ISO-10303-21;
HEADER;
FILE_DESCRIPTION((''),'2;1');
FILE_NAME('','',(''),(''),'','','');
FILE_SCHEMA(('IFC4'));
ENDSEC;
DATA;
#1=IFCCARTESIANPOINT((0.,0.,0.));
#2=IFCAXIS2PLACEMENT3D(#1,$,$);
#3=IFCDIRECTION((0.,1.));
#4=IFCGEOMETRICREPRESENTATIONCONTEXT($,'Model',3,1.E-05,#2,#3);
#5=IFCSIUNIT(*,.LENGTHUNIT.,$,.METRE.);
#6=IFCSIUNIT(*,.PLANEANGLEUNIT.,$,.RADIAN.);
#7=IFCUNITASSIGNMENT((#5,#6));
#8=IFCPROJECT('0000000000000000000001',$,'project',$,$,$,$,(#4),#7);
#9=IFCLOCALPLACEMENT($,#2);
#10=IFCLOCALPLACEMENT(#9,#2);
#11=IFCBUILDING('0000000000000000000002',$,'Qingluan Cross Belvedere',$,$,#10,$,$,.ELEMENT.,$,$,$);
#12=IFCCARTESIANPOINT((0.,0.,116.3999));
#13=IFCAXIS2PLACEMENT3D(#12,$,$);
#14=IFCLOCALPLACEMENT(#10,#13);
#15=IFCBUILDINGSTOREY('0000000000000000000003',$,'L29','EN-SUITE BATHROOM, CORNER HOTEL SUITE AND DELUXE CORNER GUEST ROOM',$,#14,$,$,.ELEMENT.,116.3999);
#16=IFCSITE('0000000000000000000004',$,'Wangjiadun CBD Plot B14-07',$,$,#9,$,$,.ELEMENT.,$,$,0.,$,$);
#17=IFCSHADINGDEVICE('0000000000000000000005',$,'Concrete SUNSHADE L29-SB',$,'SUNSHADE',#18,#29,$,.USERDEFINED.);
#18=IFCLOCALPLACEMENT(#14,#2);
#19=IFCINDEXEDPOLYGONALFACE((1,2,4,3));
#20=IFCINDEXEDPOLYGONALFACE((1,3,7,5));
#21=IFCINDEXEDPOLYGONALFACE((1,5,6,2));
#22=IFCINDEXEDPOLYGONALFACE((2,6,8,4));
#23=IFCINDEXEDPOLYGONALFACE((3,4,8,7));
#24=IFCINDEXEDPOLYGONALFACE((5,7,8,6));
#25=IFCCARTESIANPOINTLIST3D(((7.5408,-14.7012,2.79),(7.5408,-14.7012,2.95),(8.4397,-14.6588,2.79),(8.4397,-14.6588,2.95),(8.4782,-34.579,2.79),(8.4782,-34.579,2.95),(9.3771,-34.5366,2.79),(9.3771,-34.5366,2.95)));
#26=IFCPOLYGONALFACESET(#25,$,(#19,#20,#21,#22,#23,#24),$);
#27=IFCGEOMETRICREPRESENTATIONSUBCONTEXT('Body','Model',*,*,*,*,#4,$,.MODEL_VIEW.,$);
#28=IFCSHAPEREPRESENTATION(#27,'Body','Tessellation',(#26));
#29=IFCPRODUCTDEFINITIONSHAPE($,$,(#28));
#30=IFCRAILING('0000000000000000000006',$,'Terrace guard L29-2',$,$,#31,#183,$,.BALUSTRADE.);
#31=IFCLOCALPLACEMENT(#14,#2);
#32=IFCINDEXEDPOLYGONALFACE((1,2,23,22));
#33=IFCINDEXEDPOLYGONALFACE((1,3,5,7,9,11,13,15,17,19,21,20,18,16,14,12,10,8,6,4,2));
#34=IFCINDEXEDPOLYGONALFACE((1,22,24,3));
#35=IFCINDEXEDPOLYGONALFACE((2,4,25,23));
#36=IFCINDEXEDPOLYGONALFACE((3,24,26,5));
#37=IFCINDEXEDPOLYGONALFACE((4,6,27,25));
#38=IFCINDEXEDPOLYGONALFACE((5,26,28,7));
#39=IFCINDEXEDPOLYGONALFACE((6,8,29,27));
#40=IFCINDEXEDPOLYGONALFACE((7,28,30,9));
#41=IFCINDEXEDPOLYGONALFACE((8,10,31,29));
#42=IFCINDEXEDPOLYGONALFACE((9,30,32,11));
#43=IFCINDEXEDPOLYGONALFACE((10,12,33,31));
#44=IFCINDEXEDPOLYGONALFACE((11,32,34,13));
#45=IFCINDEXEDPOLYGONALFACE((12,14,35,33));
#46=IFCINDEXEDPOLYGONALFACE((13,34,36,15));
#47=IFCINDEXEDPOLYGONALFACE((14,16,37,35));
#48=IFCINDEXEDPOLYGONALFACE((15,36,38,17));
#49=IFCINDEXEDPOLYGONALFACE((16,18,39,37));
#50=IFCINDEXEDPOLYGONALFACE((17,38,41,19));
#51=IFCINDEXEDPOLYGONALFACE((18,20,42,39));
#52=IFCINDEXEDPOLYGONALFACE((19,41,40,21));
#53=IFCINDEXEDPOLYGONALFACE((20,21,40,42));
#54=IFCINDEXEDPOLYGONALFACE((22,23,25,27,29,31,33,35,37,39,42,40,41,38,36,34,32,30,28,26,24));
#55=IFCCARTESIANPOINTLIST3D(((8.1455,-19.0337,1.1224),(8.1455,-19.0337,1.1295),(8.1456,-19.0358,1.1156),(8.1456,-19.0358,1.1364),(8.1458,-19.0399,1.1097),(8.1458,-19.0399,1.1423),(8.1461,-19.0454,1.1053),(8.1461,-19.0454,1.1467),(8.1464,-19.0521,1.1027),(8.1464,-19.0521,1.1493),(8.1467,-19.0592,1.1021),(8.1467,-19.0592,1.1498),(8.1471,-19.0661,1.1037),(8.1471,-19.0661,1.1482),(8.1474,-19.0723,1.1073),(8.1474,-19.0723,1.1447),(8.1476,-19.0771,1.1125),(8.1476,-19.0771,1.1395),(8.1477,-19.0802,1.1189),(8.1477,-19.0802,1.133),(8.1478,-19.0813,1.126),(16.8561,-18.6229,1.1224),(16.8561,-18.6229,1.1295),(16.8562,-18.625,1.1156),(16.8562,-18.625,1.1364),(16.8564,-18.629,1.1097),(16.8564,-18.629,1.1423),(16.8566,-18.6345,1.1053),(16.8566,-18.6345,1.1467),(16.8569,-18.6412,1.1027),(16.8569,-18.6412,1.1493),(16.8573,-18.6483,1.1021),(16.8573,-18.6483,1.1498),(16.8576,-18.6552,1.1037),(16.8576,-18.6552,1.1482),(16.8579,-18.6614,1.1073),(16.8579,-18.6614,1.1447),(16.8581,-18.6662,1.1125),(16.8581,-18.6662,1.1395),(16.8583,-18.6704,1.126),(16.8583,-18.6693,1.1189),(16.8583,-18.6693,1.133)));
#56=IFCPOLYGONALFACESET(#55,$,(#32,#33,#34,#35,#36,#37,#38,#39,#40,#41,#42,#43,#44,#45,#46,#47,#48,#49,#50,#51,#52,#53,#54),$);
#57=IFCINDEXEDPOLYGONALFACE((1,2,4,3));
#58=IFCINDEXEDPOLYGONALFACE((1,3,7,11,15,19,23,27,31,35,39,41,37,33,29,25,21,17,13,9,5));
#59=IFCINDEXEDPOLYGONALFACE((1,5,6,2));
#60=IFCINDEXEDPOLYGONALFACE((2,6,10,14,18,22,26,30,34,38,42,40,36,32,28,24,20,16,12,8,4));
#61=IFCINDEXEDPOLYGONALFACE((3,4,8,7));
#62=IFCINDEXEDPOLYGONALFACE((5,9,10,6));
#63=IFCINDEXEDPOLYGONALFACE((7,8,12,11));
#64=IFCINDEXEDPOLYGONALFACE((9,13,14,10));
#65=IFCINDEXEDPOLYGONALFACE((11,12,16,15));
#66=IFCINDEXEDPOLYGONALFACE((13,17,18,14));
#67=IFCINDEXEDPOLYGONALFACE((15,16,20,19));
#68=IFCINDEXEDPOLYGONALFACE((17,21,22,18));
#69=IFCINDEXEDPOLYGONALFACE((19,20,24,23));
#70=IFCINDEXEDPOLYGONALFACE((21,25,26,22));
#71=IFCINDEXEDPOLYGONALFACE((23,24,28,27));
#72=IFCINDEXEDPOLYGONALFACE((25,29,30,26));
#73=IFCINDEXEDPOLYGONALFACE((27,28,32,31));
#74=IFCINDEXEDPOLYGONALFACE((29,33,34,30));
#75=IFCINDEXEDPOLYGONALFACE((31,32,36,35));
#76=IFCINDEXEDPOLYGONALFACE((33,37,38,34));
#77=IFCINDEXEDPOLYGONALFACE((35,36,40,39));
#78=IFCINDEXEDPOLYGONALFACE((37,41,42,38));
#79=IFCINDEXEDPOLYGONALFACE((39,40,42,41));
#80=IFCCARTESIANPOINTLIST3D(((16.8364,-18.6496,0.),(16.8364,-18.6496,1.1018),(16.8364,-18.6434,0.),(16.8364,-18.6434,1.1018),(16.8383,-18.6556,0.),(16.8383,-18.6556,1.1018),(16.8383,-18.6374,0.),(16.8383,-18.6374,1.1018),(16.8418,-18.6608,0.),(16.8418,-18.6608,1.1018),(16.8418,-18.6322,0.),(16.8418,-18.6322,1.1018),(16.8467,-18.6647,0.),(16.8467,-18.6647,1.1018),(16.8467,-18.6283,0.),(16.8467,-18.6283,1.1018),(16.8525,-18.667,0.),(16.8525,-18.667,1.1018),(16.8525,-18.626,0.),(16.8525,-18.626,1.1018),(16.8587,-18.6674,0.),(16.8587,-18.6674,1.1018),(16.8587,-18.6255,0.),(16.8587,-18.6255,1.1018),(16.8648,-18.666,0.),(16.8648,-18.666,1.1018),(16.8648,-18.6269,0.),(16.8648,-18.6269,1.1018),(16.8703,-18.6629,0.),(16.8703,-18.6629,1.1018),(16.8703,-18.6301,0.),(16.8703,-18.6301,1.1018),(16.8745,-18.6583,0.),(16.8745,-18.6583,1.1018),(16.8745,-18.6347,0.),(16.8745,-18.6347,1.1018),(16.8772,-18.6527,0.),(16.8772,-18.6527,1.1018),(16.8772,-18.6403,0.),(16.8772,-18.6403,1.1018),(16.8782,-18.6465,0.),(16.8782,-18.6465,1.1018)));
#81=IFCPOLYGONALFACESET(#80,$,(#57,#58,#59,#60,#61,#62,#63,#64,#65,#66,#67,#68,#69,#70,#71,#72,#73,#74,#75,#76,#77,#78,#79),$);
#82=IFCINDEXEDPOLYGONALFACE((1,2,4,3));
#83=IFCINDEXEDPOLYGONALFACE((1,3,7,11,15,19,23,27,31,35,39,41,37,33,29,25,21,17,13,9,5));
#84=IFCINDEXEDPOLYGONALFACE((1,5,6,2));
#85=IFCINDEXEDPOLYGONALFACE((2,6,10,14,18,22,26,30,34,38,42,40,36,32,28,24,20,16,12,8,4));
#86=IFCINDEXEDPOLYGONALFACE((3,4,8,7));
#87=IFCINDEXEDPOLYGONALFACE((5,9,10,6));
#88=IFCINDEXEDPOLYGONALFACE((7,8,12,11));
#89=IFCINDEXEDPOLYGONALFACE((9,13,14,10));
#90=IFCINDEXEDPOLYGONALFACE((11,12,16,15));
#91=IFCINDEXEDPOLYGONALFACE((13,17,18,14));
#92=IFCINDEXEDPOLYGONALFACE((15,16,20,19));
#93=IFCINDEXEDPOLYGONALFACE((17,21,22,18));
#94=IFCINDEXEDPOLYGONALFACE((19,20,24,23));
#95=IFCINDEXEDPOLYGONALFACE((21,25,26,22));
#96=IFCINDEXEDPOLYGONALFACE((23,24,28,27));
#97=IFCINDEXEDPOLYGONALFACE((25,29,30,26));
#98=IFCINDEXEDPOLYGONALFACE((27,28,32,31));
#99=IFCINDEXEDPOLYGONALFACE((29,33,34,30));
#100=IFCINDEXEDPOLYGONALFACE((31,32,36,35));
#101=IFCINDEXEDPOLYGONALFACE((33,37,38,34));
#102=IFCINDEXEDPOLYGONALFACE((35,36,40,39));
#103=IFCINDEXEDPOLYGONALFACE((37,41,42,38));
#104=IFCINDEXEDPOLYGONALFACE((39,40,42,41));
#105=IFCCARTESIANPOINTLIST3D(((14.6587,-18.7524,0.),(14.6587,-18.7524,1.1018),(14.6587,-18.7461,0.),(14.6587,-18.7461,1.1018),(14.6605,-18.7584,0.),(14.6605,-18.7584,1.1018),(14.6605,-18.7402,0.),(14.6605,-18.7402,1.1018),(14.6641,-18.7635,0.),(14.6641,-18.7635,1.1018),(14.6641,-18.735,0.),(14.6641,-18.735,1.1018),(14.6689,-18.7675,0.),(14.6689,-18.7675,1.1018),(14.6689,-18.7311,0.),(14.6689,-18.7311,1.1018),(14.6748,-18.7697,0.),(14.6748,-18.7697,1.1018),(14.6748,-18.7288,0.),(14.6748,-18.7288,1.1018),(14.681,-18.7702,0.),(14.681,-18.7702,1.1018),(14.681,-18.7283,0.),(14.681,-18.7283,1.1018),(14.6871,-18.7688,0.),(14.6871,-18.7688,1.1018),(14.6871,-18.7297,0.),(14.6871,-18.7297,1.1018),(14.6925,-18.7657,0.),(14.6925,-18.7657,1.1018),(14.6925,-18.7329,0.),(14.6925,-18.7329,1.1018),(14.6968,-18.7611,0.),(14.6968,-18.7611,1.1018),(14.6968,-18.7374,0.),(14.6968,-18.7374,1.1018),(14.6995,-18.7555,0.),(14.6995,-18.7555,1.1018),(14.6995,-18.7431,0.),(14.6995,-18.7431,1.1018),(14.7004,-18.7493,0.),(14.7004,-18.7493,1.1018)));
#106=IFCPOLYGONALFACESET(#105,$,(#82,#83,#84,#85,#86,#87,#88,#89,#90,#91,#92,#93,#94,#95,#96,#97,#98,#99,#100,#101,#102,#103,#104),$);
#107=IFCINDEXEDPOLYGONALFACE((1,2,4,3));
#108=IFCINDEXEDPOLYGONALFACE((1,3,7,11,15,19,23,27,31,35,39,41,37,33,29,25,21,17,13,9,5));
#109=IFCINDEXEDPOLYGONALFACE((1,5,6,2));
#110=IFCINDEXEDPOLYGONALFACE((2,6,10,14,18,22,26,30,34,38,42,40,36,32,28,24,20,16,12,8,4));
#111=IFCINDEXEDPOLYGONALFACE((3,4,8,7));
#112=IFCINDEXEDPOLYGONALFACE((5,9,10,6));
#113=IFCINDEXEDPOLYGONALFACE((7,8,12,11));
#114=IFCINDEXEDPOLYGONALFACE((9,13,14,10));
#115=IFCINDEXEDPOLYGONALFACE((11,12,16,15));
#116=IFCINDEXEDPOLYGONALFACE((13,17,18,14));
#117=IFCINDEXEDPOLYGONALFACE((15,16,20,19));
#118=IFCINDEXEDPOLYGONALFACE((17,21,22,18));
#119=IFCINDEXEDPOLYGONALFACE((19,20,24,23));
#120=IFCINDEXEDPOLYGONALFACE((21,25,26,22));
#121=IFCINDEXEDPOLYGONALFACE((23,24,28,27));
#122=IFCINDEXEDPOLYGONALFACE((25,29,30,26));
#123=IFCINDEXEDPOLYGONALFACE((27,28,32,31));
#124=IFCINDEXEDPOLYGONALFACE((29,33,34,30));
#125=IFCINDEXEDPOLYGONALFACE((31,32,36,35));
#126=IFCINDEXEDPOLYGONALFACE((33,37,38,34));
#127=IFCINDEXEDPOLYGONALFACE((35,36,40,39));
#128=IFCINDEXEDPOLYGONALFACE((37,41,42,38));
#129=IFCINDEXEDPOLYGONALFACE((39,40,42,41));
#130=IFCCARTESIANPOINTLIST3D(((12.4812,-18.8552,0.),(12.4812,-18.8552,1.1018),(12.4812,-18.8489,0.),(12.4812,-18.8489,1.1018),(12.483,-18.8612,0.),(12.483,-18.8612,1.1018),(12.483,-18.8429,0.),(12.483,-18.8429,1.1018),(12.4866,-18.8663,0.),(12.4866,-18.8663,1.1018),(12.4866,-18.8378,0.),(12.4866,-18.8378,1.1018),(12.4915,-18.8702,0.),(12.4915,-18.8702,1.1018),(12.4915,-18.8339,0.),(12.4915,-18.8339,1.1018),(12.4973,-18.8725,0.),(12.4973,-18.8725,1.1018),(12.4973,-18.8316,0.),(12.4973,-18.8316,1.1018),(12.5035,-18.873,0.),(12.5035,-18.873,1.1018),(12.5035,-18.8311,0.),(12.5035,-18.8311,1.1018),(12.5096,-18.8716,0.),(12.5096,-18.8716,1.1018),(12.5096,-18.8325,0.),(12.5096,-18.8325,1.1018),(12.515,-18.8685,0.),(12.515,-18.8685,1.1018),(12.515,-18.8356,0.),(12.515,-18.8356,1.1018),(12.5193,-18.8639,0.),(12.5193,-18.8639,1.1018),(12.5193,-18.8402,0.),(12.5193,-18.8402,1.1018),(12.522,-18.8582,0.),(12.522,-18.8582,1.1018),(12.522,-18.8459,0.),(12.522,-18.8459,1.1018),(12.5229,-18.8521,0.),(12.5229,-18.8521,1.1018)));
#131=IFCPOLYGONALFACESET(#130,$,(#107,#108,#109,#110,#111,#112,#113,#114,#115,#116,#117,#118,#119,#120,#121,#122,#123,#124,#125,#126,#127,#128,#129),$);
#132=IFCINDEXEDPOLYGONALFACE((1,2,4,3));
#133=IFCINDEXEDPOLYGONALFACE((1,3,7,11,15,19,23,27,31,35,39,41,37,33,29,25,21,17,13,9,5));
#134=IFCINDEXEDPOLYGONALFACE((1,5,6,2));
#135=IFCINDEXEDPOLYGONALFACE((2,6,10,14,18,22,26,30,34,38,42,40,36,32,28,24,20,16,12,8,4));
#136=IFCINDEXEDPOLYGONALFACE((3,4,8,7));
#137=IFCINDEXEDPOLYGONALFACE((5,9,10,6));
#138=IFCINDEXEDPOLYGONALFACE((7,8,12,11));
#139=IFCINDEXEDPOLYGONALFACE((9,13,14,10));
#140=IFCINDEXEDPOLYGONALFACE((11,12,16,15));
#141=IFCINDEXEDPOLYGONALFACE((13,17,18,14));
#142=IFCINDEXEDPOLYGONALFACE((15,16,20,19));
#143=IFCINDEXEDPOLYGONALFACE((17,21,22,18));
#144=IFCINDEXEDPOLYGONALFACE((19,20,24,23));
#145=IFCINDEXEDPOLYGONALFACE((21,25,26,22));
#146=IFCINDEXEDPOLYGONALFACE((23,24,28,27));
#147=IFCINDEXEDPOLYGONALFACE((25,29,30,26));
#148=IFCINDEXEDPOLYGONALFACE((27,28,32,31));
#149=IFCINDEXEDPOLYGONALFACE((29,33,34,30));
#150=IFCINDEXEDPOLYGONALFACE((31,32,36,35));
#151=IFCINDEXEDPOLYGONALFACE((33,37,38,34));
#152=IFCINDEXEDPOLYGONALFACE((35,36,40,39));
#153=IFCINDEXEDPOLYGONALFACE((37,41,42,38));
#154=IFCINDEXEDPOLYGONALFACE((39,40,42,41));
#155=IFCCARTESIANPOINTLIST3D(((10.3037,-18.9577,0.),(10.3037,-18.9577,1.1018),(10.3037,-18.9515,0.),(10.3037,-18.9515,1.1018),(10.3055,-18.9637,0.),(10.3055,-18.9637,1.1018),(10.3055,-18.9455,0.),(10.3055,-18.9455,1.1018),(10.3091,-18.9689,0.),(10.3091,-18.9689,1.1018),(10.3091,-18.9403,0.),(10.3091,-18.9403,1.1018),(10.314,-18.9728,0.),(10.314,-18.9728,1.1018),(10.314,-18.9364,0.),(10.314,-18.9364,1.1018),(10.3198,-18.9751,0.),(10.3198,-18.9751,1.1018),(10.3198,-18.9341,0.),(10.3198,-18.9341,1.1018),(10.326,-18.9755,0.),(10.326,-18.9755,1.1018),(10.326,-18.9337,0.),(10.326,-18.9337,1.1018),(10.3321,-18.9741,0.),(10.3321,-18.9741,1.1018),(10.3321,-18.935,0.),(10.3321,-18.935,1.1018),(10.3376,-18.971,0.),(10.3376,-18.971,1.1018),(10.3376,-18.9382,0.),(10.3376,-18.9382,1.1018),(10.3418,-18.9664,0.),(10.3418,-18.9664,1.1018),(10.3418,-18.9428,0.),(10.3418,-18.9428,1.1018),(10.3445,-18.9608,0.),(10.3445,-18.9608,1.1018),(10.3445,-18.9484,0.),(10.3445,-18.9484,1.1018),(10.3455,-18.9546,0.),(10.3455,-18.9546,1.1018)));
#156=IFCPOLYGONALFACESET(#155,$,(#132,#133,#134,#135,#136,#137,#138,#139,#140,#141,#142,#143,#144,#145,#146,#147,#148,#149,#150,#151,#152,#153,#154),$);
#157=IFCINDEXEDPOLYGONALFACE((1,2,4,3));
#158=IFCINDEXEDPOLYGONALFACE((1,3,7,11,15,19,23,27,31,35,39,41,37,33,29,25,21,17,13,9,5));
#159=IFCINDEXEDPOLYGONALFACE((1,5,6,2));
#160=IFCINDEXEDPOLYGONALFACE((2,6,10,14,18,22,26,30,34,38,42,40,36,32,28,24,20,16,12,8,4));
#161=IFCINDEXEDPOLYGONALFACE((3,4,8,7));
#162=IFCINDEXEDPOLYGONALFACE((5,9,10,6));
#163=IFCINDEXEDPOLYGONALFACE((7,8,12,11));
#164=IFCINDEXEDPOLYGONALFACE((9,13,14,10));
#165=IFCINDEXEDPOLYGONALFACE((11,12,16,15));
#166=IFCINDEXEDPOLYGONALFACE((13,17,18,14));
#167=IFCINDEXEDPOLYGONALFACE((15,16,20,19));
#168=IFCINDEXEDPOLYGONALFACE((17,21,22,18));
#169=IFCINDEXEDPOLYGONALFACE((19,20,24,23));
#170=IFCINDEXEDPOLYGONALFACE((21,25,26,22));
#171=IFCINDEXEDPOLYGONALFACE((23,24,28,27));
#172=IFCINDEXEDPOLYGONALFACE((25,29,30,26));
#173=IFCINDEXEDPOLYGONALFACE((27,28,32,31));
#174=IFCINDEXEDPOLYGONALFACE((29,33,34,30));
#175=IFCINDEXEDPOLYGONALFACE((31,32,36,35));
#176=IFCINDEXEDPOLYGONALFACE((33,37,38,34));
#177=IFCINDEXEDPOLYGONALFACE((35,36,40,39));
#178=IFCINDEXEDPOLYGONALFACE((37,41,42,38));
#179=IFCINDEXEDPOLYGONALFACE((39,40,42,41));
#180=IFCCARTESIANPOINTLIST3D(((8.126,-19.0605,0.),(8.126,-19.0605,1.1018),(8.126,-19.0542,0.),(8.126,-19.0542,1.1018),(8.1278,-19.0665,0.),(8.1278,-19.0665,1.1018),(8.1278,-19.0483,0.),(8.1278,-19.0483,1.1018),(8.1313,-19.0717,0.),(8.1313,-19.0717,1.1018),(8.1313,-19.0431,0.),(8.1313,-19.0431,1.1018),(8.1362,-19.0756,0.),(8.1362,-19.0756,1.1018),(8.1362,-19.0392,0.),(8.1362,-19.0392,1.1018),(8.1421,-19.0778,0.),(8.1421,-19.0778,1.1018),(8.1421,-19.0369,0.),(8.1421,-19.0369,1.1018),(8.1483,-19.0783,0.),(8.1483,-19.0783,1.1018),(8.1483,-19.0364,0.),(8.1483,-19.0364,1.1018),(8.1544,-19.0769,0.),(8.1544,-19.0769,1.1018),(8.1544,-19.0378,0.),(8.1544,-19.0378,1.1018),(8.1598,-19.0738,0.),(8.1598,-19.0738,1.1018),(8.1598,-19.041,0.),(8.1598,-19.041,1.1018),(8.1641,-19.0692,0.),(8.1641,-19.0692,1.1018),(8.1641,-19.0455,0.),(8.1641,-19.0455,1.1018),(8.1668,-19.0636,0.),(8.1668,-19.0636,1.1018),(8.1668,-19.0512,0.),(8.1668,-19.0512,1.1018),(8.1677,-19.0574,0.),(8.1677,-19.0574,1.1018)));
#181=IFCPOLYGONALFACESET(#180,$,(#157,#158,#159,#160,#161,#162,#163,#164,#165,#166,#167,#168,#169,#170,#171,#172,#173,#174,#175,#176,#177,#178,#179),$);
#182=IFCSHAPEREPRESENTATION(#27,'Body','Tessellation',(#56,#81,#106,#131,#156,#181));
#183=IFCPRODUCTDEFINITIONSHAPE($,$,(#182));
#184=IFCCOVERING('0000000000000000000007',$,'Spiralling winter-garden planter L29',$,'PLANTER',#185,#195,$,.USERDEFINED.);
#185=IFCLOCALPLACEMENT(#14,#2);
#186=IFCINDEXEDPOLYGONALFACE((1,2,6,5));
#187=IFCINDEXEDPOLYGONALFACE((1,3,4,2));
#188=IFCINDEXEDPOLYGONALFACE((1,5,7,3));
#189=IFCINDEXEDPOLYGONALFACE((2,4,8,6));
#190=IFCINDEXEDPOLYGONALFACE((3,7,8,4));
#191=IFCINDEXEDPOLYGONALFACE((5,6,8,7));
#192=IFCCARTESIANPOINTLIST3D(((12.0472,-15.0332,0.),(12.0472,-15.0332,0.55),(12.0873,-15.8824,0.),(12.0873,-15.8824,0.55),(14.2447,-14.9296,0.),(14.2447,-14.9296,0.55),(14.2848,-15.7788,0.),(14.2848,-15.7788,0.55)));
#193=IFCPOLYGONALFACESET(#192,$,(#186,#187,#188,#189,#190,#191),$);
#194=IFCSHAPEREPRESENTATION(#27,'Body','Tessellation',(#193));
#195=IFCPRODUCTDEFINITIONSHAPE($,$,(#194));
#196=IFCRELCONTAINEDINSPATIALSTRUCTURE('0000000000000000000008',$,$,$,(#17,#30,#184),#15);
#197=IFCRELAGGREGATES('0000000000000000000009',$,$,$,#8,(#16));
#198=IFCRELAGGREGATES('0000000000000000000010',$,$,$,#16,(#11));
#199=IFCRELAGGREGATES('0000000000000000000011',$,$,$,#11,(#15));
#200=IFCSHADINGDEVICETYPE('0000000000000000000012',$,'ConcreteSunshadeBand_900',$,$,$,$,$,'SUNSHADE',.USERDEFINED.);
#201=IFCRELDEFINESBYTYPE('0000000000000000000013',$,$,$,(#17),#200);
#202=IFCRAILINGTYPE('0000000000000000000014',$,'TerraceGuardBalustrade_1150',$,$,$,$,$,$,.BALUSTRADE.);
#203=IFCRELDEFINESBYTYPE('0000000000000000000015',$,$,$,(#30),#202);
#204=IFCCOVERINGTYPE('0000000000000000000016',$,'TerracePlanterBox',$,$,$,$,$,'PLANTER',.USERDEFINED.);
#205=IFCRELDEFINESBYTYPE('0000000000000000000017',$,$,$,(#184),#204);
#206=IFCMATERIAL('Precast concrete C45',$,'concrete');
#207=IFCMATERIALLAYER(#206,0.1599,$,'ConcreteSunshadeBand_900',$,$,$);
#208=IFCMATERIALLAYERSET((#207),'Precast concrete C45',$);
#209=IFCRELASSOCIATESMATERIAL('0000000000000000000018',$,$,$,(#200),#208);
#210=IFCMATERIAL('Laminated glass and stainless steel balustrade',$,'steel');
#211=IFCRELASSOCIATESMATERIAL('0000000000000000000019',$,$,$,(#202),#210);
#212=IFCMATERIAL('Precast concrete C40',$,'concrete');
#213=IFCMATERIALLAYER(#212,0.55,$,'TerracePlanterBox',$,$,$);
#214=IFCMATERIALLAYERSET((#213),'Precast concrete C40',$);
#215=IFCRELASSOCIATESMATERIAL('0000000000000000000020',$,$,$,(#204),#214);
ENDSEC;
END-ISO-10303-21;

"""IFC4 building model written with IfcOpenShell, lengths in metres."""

from ifc_helpers import new_model, si_unit, direction, frame, origin, origin_2d, place, context, subcontext, project, spatial, rectangle, circle, extrude, material, layer, layer_set, type_object, element, save


model = new_model("IFC4")

# Units and contexts
model_context = context("Model", 3, precision=1e-05, world=origin(), true_north=direction((0.0, 1.0)))
body_context = subcontext(model_context, "Body", "Model", "MODEL_VIEW")
ifc_project = project(units=[si_unit("LENGTHUNIT", "METRE"), si_unit("PLANEANGLEUNIT", "RADIAN")], contexts=[model_context])

# Site, building, storey
site_placement = place(None, origin())
site = spatial("IfcSite", under=ifc_project, at=site_placement, Name="Wangjiadun CBD Plot B14-07", CompositionType="ELEMENT", RefElevation=0.0)
building_placement = place(site_placement, origin())
building = spatial("IfcBuilding", under=site, at=building_placement, Name="Qingluan Cross Belvedere", CompositionType="ELEMENT")
storey_placement = place(building_placement, frame((0.0, 0.0, 116.3999)))
storey = spatial("IfcBuildingStorey", under=building, at=storey_placement, Name="L29", Description="EN-SUITE BATHROOM, CORNER HOTEL SUITE AND DELUXE CORNER GUEST ROOM", CompositionType="ELEMENT", Elevation=116.3999)

# Shading device
ifc_material_1 = material(Name="Precast concrete C45", Category="concrete")
ifc_layer_1 = layer(ifc_material_1, 0.1599, Name="ConcreteSunshadeBand_900")
ifc_layer_set_1 = layer_set([ifc_layer_1], Name="Precast concrete C45")
shading_device_type = type_object("IfcShadingDeviceType", Name="ConcreteSunshadeBand_900", ElementType="SUNSHADE", PredefinedType="USERDEFINED", material=ifc_layer_set_1)
shading_device_placement = place(storey_placement, frame((8.459, -24.6189, 2.79), z_axis=(0.0, 0.0, 1.0), x_axis=(-0.047105, 0.99889, 0.0)))
element("IfcShadingDevice", 1, at=shading_device_placement, inside=storey, type_object=shading_device_type, Name="Concrete SUNSHADE L29-SB", ObjectType="SUNSHADE", PredefinedType="USERDEFINED", context=body_context, shape_type="SweptSolid", body=[
    extrude(rectangle(XDim=19.8999, YDim=0.8999, at=origin_2d()), origin(), (0.0, 0.0, 1.0), 0.1599),
])

# Railing
ifc_material_2 = material(Name="Laminated glass and stainless steel balustrade", Category="steel")
railing_type = type_object("IfcRailingType", Name="TerraceGuardBalustrade_1150", PredefinedType="BALUSTRADE", material=ifc_material_2)
railing_placement = place(storey_placement, frame((16.8572, -18.6465, 0.0)))
element("IfcRailing", 2, at=railing_placement, inside=storey, type_object=railing_type, Name="Terrace guard L29-2", PredefinedType="BALUSTRADE", context=body_context, shape_type="SweptSolid", body=[
    extrude(circle(Radius=0.0239, at=origin_2d()), frame((0.0, 0.0, 1.126), z_axis=(-0.998889, -0.04712, 0.0), x_axis=(0.04712, -0.998889, 0.0)), (0.0, 0.0, 1.0), 8.7202),
    extrude(circle(Radius=0.021, at=origin_2d()), origin(), (0.0, 0.0, 1.0), 1.1018),
    extrude(circle(Radius=0.021, at=origin_2d()), frame((-2.1777, -0.1028, 0.0)), (0.0, 0.0, 1.0), 1.1018),
    extrude(circle(Radius=0.021, at=origin_2d()), frame((-4.3552, -0.2056, 0.0)), (0.0, 0.0, 1.0), 1.1018),
    extrude(circle(Radius=0.021, at=origin_2d()), frame((-6.5327, -0.3081, 0.0)), (0.0, 0.0, 1.0), 1.1018),
    extrude(circle(Radius=0.021, at=origin_2d()), frame((-8.7104, -0.4109, 0.0)), (0.0, 0.0, 1.0), 1.1018),
])

# Covering
ifc_material_3 = material(Name="Precast concrete C40", Category="concrete")
ifc_layer_2 = layer(ifc_material_3, 0.55, Name="TerracePlanterBox")
ifc_layer_set_2 = layer_set([ifc_layer_2], Name="Precast concrete C40")
covering_type_1 = type_object("IfcCoveringType", Name="TerracePlanterBox", ElementType="PLANTER", PredefinedType="USERDEFINED", material=ifc_layer_set_2)
covering_1_placement = place(storey_placement, frame((13.166, -15.406, 0.0), z_axis=(0.0, 0.0, 1.0), x_axis=(0.99889, 0.047106, 0.0)))
element("IfcCovering", 3, at=covering_1_placement, inside=storey, type_object=covering_type_1, Name="Spiralling winter-garden planter L29", ObjectType="PLANTER", PredefinedType="USERDEFINED", context=body_context, shape_type="SweptSolid", body=[
    extrude(rectangle(XDim=2.2, YDim=0.8501, at=origin_2d()), origin(), (0.0, 0.0, 1.0), 0.55),
])

save(model, "model.ifc")
